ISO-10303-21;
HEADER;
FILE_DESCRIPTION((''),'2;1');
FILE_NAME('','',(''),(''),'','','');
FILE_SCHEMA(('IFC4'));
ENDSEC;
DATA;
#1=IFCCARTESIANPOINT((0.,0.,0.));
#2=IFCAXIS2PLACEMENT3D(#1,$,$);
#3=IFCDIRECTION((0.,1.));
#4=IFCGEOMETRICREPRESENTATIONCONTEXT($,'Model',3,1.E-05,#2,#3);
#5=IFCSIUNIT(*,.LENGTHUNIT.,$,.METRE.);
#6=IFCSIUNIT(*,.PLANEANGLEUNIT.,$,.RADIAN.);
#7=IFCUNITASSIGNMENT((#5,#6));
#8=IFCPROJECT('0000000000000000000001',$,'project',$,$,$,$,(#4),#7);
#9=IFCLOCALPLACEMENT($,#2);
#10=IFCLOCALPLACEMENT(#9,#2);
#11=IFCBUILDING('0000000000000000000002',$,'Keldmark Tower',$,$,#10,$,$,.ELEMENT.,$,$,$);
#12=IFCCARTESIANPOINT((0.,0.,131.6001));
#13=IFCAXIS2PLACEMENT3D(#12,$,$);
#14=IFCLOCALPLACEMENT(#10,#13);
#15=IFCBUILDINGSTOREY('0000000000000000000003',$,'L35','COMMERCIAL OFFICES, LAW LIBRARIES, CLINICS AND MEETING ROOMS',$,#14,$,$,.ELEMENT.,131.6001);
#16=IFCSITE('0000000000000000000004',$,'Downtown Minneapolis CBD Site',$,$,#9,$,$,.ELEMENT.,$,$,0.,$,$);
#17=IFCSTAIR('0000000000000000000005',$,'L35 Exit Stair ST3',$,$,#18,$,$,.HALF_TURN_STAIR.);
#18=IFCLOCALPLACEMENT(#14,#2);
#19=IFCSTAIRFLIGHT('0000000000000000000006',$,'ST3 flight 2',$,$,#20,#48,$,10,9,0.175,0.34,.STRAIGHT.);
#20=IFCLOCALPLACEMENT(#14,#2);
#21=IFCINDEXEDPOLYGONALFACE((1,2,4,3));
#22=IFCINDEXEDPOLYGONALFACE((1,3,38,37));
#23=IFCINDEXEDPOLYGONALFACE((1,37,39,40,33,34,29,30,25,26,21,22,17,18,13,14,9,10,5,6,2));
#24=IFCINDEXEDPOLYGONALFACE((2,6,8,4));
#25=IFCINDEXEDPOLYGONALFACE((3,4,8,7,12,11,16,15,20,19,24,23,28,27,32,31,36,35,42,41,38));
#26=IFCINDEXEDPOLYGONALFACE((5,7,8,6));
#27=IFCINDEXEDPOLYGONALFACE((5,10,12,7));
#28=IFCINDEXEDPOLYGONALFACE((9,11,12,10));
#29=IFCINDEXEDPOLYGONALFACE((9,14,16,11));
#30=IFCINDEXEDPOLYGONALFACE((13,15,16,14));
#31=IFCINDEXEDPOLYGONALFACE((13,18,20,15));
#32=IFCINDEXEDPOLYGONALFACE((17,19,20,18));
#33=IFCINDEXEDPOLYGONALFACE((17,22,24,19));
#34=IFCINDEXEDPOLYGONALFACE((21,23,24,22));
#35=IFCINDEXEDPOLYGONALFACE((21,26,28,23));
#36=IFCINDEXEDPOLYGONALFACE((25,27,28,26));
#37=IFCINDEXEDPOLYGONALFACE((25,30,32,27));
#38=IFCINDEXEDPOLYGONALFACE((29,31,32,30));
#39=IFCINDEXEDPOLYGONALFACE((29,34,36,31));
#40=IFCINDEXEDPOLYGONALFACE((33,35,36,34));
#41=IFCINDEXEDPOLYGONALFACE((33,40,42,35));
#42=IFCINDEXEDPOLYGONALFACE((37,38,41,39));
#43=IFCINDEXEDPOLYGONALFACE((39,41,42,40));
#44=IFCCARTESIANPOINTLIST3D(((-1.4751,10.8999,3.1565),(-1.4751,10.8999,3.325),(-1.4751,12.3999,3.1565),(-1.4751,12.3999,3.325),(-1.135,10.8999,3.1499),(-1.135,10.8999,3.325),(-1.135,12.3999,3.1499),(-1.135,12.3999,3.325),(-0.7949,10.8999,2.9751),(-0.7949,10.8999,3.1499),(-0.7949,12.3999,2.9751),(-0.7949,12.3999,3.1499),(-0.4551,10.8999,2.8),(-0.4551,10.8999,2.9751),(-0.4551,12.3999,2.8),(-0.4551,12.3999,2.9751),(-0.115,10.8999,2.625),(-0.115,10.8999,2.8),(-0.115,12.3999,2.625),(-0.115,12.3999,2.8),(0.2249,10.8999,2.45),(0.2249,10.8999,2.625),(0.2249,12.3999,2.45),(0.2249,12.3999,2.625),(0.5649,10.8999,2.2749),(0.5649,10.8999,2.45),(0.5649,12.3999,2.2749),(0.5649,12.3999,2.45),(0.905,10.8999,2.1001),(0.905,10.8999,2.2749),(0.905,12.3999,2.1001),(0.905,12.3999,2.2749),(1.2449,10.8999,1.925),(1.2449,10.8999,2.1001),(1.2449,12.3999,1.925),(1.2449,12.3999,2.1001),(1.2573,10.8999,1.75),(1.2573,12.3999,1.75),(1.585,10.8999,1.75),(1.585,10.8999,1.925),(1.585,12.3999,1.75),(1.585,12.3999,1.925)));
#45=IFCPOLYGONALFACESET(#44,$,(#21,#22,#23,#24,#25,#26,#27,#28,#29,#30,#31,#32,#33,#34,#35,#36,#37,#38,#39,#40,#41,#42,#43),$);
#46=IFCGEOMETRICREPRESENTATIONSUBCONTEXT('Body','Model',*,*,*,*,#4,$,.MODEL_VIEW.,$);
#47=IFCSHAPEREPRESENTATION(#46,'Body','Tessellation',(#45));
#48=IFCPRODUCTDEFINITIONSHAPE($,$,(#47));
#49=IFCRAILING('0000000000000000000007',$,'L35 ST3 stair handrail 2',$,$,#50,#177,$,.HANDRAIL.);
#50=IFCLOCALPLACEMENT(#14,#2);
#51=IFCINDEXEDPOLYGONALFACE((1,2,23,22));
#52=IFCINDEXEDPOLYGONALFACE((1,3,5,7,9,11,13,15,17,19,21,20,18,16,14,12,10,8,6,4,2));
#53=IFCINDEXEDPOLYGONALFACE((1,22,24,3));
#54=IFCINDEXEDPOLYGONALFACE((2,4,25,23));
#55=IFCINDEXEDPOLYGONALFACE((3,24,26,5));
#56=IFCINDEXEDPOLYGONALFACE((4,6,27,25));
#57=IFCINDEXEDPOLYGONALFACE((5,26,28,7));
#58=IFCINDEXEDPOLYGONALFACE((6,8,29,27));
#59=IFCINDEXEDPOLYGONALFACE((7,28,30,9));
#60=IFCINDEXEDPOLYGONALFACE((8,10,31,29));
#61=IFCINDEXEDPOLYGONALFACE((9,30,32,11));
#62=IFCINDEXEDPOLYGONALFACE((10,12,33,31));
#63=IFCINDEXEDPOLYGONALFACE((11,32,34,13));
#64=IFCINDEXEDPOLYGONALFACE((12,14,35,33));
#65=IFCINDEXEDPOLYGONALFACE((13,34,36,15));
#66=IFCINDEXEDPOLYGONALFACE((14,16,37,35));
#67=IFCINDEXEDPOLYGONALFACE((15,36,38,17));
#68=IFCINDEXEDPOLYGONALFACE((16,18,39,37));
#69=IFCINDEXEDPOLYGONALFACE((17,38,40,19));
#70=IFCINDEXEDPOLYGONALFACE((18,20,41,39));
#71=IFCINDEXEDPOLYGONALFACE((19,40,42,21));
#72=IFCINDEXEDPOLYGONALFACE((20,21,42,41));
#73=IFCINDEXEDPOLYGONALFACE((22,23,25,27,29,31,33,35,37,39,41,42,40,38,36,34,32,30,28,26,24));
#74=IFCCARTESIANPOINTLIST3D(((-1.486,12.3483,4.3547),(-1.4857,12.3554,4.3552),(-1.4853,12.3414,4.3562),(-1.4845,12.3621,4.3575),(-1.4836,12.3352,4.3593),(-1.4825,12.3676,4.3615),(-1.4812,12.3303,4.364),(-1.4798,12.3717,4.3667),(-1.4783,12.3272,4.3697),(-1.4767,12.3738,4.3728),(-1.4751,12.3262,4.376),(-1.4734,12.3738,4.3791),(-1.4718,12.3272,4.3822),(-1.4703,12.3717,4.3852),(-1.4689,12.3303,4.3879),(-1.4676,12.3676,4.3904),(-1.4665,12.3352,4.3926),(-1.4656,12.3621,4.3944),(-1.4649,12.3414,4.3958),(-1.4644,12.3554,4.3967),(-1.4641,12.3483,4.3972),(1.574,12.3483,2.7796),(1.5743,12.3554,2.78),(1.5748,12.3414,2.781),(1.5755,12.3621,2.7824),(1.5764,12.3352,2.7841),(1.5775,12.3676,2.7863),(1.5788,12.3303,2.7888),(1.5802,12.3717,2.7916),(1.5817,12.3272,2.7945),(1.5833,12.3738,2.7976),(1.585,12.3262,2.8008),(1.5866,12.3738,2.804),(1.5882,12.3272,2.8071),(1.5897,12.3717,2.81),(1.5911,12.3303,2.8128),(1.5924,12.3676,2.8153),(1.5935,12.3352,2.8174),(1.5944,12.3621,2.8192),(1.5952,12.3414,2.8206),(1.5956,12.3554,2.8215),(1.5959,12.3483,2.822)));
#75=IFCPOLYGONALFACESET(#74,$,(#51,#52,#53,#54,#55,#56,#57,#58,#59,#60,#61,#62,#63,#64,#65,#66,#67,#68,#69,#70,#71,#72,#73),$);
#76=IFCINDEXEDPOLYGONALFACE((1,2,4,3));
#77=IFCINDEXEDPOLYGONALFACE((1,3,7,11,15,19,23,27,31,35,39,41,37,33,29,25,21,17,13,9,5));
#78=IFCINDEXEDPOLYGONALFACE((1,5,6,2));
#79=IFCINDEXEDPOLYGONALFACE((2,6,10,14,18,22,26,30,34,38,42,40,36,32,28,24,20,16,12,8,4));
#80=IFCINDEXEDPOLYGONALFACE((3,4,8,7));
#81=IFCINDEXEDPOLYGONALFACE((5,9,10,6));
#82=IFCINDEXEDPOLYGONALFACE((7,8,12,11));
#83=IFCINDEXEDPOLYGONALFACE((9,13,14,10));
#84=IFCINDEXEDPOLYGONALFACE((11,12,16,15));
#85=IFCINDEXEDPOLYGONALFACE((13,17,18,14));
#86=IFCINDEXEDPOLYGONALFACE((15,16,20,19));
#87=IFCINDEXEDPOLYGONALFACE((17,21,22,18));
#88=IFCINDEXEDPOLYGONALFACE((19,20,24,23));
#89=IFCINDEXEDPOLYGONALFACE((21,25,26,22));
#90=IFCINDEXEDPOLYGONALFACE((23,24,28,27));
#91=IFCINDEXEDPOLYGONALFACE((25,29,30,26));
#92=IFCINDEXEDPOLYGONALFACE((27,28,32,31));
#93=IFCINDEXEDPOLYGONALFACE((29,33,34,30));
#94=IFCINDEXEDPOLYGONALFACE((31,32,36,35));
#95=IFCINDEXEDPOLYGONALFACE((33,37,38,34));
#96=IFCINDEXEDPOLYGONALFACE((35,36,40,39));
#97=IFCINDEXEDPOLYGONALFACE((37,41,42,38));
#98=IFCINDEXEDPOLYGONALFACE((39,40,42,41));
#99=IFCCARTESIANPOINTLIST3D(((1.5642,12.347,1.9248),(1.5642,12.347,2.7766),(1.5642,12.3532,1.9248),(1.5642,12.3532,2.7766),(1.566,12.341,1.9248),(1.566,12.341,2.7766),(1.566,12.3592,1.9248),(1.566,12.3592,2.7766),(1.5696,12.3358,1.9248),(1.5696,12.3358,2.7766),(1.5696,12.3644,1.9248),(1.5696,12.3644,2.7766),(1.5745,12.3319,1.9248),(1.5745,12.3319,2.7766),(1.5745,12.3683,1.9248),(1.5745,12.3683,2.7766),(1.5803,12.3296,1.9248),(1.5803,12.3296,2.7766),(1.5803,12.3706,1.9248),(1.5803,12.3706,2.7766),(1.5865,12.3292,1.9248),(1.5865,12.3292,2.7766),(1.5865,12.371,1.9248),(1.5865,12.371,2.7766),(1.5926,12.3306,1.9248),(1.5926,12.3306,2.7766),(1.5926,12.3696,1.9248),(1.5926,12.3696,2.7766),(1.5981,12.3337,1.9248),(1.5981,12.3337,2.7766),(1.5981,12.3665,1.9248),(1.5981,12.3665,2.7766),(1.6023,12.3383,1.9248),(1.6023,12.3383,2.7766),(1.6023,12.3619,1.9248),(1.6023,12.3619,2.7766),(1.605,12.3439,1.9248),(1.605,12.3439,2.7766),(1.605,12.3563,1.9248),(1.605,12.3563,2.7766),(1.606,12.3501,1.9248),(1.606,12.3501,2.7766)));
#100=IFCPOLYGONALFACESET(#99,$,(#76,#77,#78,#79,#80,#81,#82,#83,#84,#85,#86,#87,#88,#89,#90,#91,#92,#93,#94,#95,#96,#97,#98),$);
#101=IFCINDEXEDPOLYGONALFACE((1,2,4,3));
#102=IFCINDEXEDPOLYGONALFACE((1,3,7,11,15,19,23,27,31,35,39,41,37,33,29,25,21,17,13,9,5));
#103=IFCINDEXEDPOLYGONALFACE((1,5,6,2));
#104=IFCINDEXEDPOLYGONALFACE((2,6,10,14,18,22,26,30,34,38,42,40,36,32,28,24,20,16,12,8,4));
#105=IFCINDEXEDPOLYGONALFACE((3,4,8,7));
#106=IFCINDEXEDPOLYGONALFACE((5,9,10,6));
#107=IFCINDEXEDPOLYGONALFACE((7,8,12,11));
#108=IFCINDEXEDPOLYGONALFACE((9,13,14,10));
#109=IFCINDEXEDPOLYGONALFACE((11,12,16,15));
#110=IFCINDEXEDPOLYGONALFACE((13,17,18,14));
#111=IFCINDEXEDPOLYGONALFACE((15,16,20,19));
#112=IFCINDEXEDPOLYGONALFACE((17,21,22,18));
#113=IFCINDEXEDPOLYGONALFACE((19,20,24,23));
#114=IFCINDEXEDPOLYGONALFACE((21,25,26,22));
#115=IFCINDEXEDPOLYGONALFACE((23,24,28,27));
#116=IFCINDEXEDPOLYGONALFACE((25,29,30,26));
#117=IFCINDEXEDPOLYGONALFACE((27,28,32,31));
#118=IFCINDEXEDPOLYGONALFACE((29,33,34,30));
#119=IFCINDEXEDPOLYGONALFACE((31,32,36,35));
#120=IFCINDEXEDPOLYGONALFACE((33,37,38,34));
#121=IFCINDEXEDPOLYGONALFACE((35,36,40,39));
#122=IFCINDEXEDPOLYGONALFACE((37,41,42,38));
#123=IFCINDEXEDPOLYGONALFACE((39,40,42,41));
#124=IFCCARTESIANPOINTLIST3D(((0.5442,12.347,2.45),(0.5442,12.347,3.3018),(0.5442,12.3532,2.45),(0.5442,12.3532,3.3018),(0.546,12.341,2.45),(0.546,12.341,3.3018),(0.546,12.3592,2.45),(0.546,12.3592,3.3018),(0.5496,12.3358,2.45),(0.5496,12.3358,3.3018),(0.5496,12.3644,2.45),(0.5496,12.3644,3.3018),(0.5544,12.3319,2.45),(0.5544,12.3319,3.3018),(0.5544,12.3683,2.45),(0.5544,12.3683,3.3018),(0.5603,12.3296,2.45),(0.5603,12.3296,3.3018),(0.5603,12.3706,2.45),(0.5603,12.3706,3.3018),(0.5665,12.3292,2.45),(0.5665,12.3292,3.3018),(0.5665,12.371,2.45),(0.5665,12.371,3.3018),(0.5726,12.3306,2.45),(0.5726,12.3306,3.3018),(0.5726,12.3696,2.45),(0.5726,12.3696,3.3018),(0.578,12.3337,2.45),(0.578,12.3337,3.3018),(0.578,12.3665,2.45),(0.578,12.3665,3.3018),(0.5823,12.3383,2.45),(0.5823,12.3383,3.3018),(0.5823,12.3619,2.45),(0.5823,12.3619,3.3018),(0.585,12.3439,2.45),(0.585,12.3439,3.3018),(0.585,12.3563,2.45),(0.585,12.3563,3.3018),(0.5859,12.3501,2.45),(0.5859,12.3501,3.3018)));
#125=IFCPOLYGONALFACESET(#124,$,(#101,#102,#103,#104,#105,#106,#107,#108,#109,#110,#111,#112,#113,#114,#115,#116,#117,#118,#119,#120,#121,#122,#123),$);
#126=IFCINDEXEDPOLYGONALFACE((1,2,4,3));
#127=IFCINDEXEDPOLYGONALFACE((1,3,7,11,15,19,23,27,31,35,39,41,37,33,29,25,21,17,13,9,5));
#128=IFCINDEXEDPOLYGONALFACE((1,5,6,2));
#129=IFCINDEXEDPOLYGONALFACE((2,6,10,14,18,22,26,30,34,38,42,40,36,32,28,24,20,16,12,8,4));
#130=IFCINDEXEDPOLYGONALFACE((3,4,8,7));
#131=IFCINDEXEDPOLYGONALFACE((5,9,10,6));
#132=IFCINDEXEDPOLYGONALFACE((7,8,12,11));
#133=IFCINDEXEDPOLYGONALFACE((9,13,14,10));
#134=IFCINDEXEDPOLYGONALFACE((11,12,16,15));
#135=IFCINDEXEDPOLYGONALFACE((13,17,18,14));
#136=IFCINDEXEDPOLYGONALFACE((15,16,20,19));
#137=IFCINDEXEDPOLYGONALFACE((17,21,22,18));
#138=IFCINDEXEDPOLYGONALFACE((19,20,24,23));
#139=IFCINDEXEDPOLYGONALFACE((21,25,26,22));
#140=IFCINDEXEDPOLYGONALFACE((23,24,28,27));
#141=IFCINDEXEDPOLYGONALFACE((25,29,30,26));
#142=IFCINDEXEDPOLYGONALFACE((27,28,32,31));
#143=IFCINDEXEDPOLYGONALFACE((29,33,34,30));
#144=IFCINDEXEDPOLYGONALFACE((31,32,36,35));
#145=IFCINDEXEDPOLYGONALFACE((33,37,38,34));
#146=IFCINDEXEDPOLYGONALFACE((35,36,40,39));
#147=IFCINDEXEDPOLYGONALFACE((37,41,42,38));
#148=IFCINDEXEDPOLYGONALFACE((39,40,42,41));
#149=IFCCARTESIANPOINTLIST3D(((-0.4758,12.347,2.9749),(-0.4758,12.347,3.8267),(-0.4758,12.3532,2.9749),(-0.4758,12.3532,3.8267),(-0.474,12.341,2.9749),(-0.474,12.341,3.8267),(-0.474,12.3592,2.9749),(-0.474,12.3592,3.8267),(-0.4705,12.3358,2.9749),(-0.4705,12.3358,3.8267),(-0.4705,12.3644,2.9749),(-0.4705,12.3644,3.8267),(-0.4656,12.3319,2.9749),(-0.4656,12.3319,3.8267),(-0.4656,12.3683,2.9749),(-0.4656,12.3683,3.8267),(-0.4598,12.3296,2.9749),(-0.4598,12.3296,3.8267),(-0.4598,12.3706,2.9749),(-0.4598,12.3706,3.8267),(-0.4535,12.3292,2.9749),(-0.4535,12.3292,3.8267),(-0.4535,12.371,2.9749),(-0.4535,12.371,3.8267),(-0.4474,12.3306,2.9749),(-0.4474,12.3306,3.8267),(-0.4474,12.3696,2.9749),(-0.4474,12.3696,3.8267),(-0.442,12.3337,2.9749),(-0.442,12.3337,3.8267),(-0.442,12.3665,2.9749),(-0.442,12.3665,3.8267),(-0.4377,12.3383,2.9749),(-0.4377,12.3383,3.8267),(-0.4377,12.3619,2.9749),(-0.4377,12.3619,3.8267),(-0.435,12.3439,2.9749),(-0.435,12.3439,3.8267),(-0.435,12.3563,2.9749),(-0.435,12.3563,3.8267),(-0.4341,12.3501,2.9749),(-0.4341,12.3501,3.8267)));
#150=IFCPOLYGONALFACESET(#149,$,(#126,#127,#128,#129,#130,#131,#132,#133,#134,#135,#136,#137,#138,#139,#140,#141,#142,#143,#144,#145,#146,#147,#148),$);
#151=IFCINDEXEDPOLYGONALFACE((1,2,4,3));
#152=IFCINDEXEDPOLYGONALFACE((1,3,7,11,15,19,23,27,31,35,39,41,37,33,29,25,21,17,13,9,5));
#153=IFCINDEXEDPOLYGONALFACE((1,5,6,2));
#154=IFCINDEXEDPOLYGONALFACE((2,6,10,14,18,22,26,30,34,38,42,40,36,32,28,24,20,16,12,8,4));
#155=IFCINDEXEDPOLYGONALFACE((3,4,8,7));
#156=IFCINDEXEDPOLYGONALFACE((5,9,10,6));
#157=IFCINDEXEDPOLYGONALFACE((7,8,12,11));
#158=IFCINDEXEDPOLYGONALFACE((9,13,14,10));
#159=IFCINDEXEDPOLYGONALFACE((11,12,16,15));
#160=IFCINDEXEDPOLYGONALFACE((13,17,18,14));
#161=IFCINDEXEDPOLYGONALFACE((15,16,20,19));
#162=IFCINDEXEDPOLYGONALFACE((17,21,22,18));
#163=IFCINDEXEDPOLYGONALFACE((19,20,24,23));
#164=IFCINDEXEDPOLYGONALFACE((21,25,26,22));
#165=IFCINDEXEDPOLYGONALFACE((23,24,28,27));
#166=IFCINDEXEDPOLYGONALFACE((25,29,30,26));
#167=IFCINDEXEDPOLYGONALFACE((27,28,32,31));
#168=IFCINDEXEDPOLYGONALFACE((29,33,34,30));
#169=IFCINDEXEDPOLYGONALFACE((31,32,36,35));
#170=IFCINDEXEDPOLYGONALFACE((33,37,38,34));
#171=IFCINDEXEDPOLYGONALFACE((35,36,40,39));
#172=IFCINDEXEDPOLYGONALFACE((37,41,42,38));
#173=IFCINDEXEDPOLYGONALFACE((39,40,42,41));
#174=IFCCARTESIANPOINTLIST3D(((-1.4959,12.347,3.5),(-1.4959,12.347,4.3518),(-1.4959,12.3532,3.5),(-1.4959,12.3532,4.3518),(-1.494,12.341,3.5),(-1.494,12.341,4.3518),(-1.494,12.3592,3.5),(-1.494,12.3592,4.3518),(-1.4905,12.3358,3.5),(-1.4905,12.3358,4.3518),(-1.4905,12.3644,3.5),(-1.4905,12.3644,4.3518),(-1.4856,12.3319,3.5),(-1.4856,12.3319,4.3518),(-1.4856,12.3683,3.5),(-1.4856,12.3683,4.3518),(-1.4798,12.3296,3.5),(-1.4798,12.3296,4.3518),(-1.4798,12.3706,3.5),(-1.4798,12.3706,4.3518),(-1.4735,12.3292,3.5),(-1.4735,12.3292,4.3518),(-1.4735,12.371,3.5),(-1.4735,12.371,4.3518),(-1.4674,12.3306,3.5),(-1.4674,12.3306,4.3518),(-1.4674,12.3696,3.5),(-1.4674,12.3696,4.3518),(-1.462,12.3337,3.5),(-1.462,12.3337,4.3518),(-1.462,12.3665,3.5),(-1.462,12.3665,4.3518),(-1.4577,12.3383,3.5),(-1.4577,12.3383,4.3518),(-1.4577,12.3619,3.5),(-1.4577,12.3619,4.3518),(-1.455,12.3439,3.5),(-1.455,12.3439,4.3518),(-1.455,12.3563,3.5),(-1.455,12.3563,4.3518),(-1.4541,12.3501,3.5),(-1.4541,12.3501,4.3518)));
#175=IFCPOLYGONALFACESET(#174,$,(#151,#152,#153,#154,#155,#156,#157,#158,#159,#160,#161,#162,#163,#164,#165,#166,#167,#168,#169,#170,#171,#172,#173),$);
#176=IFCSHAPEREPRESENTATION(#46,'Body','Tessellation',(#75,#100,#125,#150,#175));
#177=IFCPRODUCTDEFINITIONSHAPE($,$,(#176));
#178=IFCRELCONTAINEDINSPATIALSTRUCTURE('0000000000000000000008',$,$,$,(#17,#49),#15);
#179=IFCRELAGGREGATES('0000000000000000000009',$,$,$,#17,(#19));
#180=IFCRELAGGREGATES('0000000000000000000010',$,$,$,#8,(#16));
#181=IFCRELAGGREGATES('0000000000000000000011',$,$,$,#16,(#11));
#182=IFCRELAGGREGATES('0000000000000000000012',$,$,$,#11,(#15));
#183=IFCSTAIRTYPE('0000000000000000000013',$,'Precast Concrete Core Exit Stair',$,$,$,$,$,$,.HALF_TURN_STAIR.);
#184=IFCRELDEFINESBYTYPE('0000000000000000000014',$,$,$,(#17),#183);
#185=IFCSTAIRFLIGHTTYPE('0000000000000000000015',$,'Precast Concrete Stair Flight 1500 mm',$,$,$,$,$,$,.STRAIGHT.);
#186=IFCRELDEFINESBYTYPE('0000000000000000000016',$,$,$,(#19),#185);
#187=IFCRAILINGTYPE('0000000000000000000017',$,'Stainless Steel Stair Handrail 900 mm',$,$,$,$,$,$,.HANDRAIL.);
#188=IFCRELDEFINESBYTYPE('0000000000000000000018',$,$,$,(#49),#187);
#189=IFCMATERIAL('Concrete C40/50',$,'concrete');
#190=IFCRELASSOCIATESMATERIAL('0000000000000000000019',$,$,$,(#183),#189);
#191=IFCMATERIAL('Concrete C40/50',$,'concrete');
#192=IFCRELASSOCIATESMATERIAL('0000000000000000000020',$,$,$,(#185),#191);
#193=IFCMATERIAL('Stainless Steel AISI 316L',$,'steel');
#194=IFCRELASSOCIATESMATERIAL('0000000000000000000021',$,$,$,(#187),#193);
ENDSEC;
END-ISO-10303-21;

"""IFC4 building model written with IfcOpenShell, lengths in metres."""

from ifc_helpers import new_model, si_unit, direction, frame, origin, origin_2d, place, context, subcontext, project, spatial, polyline, circle, outline, extrude, material, type_object, element, aggregate, save


model = new_model("IFC4")

# Units and contexts
model_context = context("Model", 3, precision=1e-05, world=origin(), true_north=direction((0.0, 1.0)))
body_context = subcontext(model_context, "Body", "Model", "MODEL_VIEW")
ifc_project = project(units=[si_unit("LENGTHUNIT", "METRE"), si_unit("PLANEANGLEUNIT", "RADIAN")], contexts=[model_context])

# Site, building, storey
site_placement = place(None, origin())
site = spatial("IfcSite", under=ifc_project, at=site_placement, Name="Downtown Minneapolis CBD Site", CompositionType="ELEMENT", RefElevation=0.0)
building_placement = place(site_placement, origin())
building = spatial("IfcBuilding", under=site, at=building_placement, Name="Keldmark Tower", CompositionType="ELEMENT")
storey_placement = place(building_placement, frame((0.0, 0.0, 131.6001)))
storey = spatial("IfcBuildingStorey", under=building, at=storey_placement, Name="L35", Description="COMMERCIAL OFFICES, LAW LIBRARIES, CLINICS AND MEETING ROOMS", CompositionType="ELEMENT", Elevation=131.6001)

# Stair, stair flight
ifc_material_1 = material(Name="Concrete C40/50", Category="concrete")
stair_type = type_object("IfcStairType", Name="Precast Concrete Core Exit Stair", PredefinedType="HALF_TURN_STAIR", material=ifc_material_1)
stair_placement = place(storey_placement, origin())
stair = element("IfcStair", 1, at=stair_placement, inside=storey, type_object=stair_type, Name="L35 Exit Stair ST3", PredefinedType="HALF_TURN_STAIR")
ifc_material_2 = material(Name="Concrete C40/50", Category="concrete")
stair_flight_type = type_object("IfcStairFlightType", Name="Precast Concrete Stair Flight 1500 mm", PredefinedType="STRAIGHT", material=ifc_material_2)
stair_flight_placement = place(storey_placement, frame((1.585, 11.6499, 1.75), z_axis=(0.0, 0.0, 1.0), x_axis=(-1.0, 0.0, 0.0)))
stair_flight = element("IfcStairFlight", 2, at=stair_flight_placement, type_object=stair_flight_type, Name="ST3 flight 2", NumberOfRisers=10, NumberOfTreads=9, PredefinedType="STRAIGHT", RiserHeight=0.175, TreadLength=0.34, context=body_context, shape_type="SweptSolid", body=[
    extrude(outline(polyline([(0.0, 0.0), (0.0, 0.175), (0.3401, 0.175), (0.3401, 0.3501), (0.6799, 0.3501), (0.6799, 0.5249), (1.02, 0.5249), (1.02, 0.7), (1.3601, 0.7), (1.3601, 0.875), (1.7, 0.875), (1.7, 1.05), (2.04, 1.05), (2.04, 1.2251), (2.3799, 1.2251), (2.3799, 1.3999), (2.72, 1.3999), (2.72, 1.575), (3.0601, 1.575), (3.0601, 1.75), (3.0601, 1.4065), (0.3276, 0.0), (0.0, 0.0)])), frame((0.0, 0.75, 0.0), z_axis=(0.0, -1.0, 0.0), x_axis=(1.0, 0.0, 0.0)), (0.0, 0.0, 1.0), 1.5),
])
aggregate(stair, [stair_flight])

# Railing
ifc_material_3 = material(Name="Stainless Steel AISI 316L", Category="steel")
railing_type = type_object("IfcRailingType", Name="Stainless Steel Stair Handrail 900 mm", PredefinedType="HANDRAIL", material=ifc_material_3)
railing_placement = place(storey_placement, frame((1.585, 12.3501, 1.9248)))
element("IfcRailing", 3, at=railing_placement, inside=storey, type_object=railing_type, Name="L35 ST3 stair handrail 2", PredefinedType="HANDRAIL", context=body_context, shape_type="SweptSolid", body=[
    extrude(circle(Radius=0.0239, at=origin_2d()), frame((0.0, 0.0, 0.876), z_axis=(-0.889116, 0.0, 0.457681), x_axis=(0.0, -1.0, 0.0)), (0.0, 0.0, 1.0), 3.4417),
    extrude(circle(Radius=0.021, at=origin_2d()), origin(), (0.0, 0.0, 1.0), 0.8518),
    extrude(circle(Radius=0.021, at=origin_2d()), frame((-1.02, 0.0, 0.5251)), (0.0, 0.0, 1.0), 0.8518),
    extrude(circle(Radius=0.021, at=origin_2d()), frame((-2.04, 0.0, 1.05)), (0.0, 0.0, 1.0), 0.8518),
    extrude(circle(Radius=0.021, at=origin_2d()), frame((-3.0601, 0.0, 1.5752)), (0.0, 0.0, 1.0), 0.8518),
])

save(model, "model.ifc")
